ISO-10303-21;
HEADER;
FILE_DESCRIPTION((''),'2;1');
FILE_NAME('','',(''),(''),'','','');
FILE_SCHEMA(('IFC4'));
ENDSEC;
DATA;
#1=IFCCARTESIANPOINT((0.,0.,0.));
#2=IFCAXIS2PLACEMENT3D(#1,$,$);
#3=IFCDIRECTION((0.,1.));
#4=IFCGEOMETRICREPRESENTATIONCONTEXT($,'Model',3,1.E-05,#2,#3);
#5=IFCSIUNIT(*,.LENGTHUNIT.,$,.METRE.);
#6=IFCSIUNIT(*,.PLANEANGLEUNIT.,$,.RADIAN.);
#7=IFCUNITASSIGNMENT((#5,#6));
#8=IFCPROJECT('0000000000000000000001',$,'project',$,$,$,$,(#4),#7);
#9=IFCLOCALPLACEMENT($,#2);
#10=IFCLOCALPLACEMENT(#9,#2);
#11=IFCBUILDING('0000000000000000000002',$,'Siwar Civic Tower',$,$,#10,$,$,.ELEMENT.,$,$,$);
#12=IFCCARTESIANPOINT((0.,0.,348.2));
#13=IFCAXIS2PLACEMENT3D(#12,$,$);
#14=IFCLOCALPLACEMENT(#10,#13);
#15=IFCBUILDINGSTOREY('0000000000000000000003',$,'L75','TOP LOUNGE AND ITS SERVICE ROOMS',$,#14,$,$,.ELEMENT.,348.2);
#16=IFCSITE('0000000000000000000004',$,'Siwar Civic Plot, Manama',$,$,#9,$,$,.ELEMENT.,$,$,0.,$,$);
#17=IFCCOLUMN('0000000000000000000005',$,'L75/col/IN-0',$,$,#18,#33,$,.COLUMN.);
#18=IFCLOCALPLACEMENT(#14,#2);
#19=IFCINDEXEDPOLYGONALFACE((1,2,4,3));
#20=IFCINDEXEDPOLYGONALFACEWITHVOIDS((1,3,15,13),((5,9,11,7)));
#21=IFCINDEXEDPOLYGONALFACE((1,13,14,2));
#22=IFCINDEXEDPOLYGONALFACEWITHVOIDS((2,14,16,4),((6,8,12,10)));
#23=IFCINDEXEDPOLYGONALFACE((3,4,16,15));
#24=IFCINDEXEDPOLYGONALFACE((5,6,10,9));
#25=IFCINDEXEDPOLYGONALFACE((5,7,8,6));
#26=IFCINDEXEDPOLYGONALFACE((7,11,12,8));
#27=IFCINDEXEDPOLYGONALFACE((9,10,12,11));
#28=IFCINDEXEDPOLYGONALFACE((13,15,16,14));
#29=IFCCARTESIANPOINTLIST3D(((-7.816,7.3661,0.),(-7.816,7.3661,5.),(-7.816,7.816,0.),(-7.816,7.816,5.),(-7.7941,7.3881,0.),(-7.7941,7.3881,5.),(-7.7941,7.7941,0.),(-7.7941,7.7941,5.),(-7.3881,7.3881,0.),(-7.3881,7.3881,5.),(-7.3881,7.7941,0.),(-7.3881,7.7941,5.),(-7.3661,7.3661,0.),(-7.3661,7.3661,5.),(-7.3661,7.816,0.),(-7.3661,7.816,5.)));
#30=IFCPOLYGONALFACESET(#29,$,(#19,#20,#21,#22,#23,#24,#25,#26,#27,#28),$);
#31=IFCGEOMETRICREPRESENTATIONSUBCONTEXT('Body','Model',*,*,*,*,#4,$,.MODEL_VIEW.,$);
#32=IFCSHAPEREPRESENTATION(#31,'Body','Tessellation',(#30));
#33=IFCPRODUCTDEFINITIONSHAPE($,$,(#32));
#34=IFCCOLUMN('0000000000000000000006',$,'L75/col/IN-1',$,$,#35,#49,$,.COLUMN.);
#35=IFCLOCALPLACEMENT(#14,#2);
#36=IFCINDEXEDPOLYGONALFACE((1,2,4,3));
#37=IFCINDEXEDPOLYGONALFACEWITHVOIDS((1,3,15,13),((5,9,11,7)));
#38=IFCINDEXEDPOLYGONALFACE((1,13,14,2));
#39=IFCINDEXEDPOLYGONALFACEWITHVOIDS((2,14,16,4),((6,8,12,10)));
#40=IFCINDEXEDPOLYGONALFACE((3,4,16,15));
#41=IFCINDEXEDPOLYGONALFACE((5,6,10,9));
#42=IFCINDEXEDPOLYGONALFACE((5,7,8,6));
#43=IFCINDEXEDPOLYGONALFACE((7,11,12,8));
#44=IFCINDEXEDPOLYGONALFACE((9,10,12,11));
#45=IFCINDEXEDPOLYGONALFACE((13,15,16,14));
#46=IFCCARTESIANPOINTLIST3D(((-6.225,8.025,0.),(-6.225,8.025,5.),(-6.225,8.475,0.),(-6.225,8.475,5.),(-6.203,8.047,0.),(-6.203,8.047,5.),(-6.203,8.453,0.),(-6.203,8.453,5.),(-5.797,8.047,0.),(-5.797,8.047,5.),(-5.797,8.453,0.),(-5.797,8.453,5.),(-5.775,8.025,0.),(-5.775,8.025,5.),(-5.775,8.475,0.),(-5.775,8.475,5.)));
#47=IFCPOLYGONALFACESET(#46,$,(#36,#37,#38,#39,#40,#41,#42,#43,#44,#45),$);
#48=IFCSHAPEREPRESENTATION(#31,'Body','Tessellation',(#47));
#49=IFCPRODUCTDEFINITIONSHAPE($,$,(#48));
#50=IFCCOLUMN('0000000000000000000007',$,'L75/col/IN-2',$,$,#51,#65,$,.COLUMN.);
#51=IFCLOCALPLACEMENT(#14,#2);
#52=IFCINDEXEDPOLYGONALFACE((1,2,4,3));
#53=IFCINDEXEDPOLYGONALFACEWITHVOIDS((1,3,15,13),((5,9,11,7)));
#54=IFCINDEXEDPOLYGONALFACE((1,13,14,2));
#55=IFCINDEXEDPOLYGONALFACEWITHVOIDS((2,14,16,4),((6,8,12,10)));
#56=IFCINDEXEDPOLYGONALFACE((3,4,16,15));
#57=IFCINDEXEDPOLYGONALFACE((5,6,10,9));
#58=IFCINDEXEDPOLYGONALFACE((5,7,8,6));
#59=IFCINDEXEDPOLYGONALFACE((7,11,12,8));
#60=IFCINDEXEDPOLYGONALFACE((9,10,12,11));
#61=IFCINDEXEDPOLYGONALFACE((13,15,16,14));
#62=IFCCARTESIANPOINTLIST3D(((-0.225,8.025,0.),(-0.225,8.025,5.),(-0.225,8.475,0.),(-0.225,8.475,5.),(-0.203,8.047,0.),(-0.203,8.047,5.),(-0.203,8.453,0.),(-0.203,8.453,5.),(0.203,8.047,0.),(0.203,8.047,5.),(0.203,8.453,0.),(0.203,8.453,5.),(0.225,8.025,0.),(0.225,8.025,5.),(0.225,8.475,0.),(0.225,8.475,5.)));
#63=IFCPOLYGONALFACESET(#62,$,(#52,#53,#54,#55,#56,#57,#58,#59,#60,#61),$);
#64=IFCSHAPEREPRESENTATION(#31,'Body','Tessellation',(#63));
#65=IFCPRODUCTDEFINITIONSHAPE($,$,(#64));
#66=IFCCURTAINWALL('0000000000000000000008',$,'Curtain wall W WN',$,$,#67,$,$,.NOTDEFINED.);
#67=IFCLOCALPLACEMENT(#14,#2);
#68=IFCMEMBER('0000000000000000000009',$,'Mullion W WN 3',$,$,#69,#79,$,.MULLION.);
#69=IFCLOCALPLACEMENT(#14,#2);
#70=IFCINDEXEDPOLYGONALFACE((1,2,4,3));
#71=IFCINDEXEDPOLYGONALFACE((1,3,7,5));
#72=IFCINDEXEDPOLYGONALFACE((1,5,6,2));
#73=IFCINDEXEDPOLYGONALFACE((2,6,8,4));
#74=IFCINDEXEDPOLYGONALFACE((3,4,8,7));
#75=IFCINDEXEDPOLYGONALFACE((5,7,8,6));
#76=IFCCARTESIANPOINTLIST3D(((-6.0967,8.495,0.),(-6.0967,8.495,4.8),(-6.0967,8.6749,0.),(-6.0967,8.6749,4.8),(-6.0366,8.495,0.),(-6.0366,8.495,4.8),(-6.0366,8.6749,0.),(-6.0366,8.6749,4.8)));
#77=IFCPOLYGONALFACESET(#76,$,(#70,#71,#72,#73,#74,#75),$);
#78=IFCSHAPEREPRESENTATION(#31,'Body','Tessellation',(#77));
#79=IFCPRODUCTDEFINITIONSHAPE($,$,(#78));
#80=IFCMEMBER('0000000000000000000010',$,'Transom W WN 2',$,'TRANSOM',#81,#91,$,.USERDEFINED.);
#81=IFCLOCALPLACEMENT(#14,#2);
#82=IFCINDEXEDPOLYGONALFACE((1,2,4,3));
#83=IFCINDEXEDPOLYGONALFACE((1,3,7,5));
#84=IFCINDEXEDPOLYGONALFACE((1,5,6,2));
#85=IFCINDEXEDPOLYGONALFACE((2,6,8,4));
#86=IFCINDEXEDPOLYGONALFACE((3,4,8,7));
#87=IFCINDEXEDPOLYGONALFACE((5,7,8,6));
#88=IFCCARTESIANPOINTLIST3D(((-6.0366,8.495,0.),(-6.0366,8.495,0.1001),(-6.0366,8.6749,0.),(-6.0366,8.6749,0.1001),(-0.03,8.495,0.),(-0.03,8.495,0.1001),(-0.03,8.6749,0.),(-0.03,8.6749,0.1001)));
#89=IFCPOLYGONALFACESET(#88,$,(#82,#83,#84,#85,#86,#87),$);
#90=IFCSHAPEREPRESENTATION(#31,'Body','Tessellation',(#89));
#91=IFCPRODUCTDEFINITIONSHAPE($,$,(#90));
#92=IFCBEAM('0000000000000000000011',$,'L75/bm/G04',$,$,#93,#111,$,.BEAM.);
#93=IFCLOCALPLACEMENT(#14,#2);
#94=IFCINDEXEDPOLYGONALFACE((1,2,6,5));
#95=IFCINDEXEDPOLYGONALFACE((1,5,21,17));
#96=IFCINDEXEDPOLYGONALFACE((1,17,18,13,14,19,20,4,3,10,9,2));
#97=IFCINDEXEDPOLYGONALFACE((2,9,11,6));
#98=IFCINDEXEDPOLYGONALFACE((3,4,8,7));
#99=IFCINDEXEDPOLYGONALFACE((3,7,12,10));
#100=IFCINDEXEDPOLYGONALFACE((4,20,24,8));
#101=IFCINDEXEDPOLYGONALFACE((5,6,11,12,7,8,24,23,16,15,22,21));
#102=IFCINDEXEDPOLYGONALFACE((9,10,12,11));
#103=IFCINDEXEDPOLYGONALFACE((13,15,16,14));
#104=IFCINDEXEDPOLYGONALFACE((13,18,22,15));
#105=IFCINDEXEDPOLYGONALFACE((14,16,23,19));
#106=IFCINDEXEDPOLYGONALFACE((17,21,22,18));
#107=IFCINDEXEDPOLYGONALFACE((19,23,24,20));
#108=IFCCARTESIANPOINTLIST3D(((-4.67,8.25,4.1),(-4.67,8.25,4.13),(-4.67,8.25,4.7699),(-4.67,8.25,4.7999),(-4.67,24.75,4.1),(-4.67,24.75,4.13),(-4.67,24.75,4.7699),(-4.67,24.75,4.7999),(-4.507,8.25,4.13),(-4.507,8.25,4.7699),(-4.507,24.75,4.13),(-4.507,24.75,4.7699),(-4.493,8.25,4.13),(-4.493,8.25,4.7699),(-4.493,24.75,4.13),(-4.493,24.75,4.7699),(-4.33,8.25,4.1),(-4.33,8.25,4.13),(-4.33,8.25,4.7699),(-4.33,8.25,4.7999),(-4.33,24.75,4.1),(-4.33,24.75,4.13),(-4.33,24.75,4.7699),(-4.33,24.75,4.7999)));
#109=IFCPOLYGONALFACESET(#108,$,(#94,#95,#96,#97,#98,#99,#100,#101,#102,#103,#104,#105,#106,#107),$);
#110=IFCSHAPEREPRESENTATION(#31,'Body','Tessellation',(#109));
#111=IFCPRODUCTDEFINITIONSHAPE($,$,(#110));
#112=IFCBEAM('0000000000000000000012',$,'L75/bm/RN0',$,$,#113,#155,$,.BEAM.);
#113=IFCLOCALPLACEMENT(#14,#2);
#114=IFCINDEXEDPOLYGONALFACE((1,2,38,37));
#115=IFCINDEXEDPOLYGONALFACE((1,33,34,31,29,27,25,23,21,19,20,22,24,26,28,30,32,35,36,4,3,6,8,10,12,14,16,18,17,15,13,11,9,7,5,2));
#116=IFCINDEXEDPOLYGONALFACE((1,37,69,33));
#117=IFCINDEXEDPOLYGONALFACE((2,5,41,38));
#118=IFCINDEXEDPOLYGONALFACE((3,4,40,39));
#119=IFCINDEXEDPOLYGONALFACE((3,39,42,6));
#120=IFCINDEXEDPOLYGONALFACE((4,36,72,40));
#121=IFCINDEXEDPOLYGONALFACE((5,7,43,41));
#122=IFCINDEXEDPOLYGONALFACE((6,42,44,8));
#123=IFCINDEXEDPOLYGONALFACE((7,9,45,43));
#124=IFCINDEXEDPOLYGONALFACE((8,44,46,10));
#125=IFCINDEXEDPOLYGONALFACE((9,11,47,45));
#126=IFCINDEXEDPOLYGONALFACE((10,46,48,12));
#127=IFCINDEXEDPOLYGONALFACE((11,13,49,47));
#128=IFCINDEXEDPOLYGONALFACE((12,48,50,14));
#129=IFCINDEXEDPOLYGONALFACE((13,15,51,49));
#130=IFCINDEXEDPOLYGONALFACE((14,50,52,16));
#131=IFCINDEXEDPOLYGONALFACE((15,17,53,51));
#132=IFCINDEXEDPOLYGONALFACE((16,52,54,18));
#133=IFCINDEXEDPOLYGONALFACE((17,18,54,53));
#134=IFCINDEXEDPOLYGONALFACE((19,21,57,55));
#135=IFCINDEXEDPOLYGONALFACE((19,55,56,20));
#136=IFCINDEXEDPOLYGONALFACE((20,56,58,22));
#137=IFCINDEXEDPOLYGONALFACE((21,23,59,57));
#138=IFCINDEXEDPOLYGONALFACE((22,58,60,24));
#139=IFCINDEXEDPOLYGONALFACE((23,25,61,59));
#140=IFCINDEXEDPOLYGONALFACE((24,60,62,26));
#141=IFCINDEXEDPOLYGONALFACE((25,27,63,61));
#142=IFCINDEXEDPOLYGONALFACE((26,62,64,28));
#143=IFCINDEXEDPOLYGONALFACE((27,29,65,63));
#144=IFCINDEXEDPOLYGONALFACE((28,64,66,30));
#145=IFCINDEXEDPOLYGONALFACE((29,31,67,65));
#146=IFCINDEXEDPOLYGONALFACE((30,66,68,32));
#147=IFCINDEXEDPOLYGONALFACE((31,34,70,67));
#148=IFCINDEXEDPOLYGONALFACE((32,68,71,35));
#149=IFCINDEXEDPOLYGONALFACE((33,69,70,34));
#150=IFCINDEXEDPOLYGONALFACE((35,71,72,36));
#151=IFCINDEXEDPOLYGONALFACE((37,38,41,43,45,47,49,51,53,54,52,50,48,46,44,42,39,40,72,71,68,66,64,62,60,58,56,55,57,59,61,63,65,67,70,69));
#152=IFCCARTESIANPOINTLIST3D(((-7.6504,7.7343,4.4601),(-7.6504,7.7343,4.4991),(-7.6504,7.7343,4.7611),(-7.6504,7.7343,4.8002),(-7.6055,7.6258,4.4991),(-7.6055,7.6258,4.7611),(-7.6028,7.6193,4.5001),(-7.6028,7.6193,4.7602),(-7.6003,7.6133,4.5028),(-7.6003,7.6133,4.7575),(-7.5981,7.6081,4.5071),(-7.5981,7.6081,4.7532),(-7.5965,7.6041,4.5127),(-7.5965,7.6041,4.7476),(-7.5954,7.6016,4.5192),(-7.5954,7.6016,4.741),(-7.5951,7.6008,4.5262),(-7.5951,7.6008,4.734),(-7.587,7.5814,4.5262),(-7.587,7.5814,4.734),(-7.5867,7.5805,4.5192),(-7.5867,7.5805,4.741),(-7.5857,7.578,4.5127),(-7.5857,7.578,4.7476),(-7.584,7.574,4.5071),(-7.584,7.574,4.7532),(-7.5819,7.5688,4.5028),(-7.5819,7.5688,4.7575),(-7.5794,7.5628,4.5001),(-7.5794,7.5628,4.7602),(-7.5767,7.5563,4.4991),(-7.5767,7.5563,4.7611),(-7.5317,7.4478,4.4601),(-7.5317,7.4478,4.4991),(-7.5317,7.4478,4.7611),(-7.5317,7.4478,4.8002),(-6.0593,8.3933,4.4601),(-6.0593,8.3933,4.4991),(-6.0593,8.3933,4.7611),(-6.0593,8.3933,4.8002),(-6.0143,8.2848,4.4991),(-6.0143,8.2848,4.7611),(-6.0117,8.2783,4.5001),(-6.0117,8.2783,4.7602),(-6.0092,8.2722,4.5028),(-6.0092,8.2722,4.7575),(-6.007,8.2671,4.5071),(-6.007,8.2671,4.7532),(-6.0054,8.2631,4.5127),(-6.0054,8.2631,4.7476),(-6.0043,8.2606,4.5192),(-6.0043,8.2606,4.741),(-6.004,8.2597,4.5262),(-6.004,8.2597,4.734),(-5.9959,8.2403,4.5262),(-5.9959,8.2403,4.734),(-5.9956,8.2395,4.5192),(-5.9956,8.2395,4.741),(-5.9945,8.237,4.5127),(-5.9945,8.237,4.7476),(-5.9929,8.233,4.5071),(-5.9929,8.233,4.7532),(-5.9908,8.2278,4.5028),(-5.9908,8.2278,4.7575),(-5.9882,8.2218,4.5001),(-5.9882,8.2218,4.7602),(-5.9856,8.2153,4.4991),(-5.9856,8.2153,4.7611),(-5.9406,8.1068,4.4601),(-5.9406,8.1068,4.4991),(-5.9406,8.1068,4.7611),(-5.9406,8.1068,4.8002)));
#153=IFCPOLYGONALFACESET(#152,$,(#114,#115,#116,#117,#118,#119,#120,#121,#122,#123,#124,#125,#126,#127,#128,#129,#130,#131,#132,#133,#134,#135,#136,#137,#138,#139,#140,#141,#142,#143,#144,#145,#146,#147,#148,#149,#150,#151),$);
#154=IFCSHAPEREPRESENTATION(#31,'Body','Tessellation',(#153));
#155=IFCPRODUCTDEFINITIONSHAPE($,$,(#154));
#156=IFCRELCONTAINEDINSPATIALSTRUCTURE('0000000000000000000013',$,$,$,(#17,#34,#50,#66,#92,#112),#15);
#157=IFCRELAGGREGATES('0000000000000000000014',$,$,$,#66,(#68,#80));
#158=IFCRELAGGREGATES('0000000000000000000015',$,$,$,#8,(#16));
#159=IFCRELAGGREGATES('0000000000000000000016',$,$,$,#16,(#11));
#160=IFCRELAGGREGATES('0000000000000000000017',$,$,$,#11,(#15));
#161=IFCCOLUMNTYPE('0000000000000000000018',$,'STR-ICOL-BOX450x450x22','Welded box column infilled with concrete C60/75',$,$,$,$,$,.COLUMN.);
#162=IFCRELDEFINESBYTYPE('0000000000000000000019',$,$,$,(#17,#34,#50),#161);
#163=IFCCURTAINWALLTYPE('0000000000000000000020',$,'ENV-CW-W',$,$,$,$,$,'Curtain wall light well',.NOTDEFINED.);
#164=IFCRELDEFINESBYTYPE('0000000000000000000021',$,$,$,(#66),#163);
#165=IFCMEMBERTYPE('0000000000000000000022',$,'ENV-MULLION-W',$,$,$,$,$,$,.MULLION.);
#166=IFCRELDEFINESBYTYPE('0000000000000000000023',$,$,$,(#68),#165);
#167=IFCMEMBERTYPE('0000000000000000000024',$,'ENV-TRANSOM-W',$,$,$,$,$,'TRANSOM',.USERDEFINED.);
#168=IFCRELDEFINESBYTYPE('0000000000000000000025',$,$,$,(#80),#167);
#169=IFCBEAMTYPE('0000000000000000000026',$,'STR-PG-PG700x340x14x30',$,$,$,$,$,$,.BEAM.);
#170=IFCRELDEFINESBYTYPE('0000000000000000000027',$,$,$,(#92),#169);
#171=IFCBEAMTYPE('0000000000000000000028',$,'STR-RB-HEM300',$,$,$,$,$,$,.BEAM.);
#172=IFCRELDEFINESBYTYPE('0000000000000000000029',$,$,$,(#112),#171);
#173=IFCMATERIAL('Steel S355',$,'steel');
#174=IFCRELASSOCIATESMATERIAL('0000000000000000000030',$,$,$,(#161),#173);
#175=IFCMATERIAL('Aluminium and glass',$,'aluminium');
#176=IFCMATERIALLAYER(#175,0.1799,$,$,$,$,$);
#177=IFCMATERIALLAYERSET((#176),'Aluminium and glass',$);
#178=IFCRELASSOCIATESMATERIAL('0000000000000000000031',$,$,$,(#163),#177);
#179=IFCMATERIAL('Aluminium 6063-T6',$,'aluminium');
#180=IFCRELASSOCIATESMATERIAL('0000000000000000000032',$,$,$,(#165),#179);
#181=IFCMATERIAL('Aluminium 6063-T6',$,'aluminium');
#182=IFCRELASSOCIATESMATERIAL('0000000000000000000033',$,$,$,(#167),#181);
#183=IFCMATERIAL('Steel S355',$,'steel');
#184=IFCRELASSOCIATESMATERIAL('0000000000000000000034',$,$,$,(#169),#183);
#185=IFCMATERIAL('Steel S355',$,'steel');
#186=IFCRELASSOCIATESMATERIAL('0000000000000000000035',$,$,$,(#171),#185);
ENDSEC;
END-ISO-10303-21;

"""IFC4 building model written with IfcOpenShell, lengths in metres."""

from ifc_helpers import new_model, si_unit, direction, frame, origin, origin_2d, place, context, subcontext, project, spatial, rectangle, hollow_rectangle, i_section, extrude, material, layer, layer_set, material_profile, profile_set, type_object, element, aggregate, save


model = new_model("IFC4")

# Units and contexts
model_context = context("Model", 3, precision=1e-05, world=origin(), true_north=direction((0.0, 1.0)))
body_context = subcontext(model_context, "Body", "Model", "MODEL_VIEW")
ifc_project = project(units=[si_unit("LENGTHUNIT", "METRE"), si_unit("PLANEANGLEUNIT", "RADIAN")], contexts=[model_context])

# Site, building, storey
site_placement = place(None, origin())
site = spatial("IfcSite", under=ifc_project, at=site_placement, Name="Siwar Civic Plot, Manama", CompositionType="ELEMENT", RefElevation=0.0)
building_placement = place(site_placement, origin())
building = spatial("IfcBuilding", under=site, at=building_placement, Name="Siwar Civic Tower", CompositionType="ELEMENT")
storey_placement = place(building_placement, frame((0.0, 0.0, 348.2)))
storey = spatial("IfcBuildingStorey", under=building, at=storey_placement, Name="L75", Description="TOP LOUNGE AND ITS SERVICE ROOMS", CompositionType="ELEMENT", Elevation=348.2)

# Columns
ifc_material_1 = material(Name="Steel S355", Category="steel")
ifc_material_profile_1 = material_profile(ifc_material_1, hollow_rectangle(XDim=0.45, YDim=0.45, WallThickness=0.022, at=origin_2d()), Name="BOX450x450x22")
ifc_profile_set_1 = profile_set([ifc_material_profile_1], Name="Steel S355")
column_type = type_object("IfcColumnType", Name="STR-ICOL-BOX450x450x22", Description="Welded box column infilled with concrete C60/75", PredefinedType="COLUMN", material=ifc_profile_set_1)
for number, where, z_axis, x_axis, name in (
    (1, (-7.5911, 7.5911, 0.0), (0.0, 0.0, 1.0), (1.0, 0.0, 0.0), "L75/col/IN-0"),
    (2, (-6.0, 8.25, 0.0), (0.0, 0.0, 1.0), (1.0, 0.0, 0.0), "L75/col/IN-1"),
    (3, (0.0, 8.25, 0.0), (0.0, 0.0, 1.0), (1.0, 0.0, 0.0), "L75/col/IN-2"),
):
    element("IfcColumn", number, at=place(storey_placement, frame(where, z_axis=z_axis, x_axis=x_axis)), inside=storey, type_object=column_type, Name=name, PredefinedType="COLUMN", context=body_context, shape_type="SweptSolid", body=[
        extrude(hollow_rectangle(XDim=0.45, YDim=0.45, WallThickness=0.022, at=origin_2d()), origin(), (0.0, 0.0, 1.0), 5.0),
    ])

# Curtain wall, members
ifc_material_2 = material(Name="Aluminium and glass", Category="aluminium")
ifc_layer_1 = layer(ifc_material_2, 0.1799)
ifc_layer_set_1 = layer_set([ifc_layer_1], Name="Aluminium and glass")
curtain_wall_type = type_object("IfcCurtainWallType", Name="ENV-CW-W", ElementType="Curtain wall light well", PredefinedType="NOTDEFINED", material=ifc_layer_set_1)
curtain_wall_placement = place(storey_placement, origin())
curtain_wall = element("IfcCurtainWall", 4, at=curtain_wall_placement, inside=storey, type_object=curtain_wall_type, Name="Curtain wall W WN", PredefinedType="NOTDEFINED")
ifc_material_3 = material(Name="Aluminium 6063-T6", Category="aluminium")
ifc_material_profile_2 = material_profile(ifc_material_3, rectangle(XDim=0.1799, YDim=0.0601, at=origin_2d()), Name="AL 180x60")
ifc_profile_set_2 = profile_set([ifc_material_profile_2], Name="Aluminium 6063-T6")
member_type_1 = type_object("IfcMemberType", Name="ENV-MULLION-W", PredefinedType="MULLION", material=ifc_profile_set_2)
member_1_placement = place(storey_placement, frame((-6.0667, 8.585, 0.0), z_axis=(0.0, 0.0, 1.0), x_axis=(0.0, -1.0, 0.0)))
member_1 = element("IfcMember", 5, at=member_1_placement, type_object=member_type_1, Name="Mullion W WN 3", PredefinedType="MULLION", context=body_context, shape_type="SweptSolid", body=[
    extrude(rectangle(XDim=0.1799, YDim=0.0601, at=origin_2d()), origin(), (0.0, 0.0, 1.0), 4.8),
])
ifc_material_4 = material(Name="Aluminium 6063-T6", Category="aluminium")
ifc_material_profile_3 = material_profile(ifc_material_4, rectangle(XDim=0.1799, YDim=0.1001, at=origin_2d()), Name="AL 180x100")
ifc_profile_set_3 = profile_set([ifc_material_profile_3], Name="Aluminium 6063-T6")
member_type_2 = type_object("IfcMemberType", Name="ENV-TRANSOM-W", ElementType="TRANSOM", PredefinedType="USERDEFINED", material=ifc_profile_set_3)
member_2_placement = place(storey_placement, frame((-0.03, 8.585, 0.05), z_axis=(-1.0, 0.0, 0.0), x_axis=(0.0, -1.0, 0.0)))
member_2 = element("IfcMember", 6, at=member_2_placement, type_object=member_type_2, Name="Transom W WN 2", ObjectType="TRANSOM", PredefinedType="USERDEFINED", context=body_context, shape_type="SweptSolid", body=[
    extrude(rectangle(XDim=0.1799, YDim=0.1001, at=origin_2d()), origin(), (0.0, 0.0, 1.0), 6.0066),
])

# Beams
ifc_material_5 = material(Name="Steel S355", Category="steel")
ifc_material_profile_4 = material_profile(ifc_material_5, i_section(OverallWidth=0.3401, OverallDepth=0.7, WebThickness=0.0139, FlangeThickness=0.03, at=origin_2d()), Name="PG700x340x14x30")
ifc_profile_set_4 = profile_set([ifc_material_profile_4], Name="Steel S355")
beam_type_1 = type_object("IfcBeamType", Name="STR-PG-PG700x340x14x30", PredefinedType="BEAM", material=ifc_profile_set_4)
beam_1_placement = place(storey_placement, frame((-4.5, 8.25, 4.45), z_axis=(0.0, 1.0, 0.0), x_axis=(-1.0, 0.0, 0.0)))
element("IfcBeam", 7, at=beam_1_placement, inside=storey, type_object=beam_type_1, Name="L75/bm/G04", PredefinedType="BEAM", context=body_context, shape_type="SweptSolid", body=[
    extrude(i_section(OverallWidth=0.3401, OverallDepth=0.7, WebThickness=0.0139, FlangeThickness=0.03, at=origin_2d()), origin(), (0.0, 0.0, 1.0), 16.5),
])
ifc_material_6 = material(Name="Steel S355", Category="steel")
ifc_material_profile_5 = material_profile(ifc_material_6, i_section(OverallWidth=0.3101, OverallDepth=0.3401, WebThickness=0.021, FlangeThickness=0.0391, FilletRadius=0.0271, at=origin_2d()), Name="HEM300")
ifc_profile_set_5 = profile_set([ifc_material_profile_5], Name="Steel S355")
beam_type_2 = type_object("IfcBeamType", Name="STR-RB-HEM300", PredefinedType="BEAM", material=ifc_profile_set_5)
beam_2_placement = place(storey_placement, frame((-7.5911, 7.5911, 4.6301), z_axis=(0.923901, 0.382631, 0.0), x_axis=(-0.382631, 0.923901, 0.0)))
element("IfcBeam", 8, at=beam_2_placement, inside=storey, type_object=beam_type_2, Name="L75/bm/RN0", PredefinedType="BEAM", context=body_context, shape_type="SweptSolid", body=[
    extrude(i_section(OverallWidth=0.3101, OverallDepth=0.3401, WebThickness=0.021, FlangeThickness=0.0391, FilletRadius=0.0271, at=origin_2d()), origin(), (0.0, 0.0, 1.0), 1.7222),
])

aggregate(curtain_wall, [member_1, member_2])

save(model, "model.ifc")
